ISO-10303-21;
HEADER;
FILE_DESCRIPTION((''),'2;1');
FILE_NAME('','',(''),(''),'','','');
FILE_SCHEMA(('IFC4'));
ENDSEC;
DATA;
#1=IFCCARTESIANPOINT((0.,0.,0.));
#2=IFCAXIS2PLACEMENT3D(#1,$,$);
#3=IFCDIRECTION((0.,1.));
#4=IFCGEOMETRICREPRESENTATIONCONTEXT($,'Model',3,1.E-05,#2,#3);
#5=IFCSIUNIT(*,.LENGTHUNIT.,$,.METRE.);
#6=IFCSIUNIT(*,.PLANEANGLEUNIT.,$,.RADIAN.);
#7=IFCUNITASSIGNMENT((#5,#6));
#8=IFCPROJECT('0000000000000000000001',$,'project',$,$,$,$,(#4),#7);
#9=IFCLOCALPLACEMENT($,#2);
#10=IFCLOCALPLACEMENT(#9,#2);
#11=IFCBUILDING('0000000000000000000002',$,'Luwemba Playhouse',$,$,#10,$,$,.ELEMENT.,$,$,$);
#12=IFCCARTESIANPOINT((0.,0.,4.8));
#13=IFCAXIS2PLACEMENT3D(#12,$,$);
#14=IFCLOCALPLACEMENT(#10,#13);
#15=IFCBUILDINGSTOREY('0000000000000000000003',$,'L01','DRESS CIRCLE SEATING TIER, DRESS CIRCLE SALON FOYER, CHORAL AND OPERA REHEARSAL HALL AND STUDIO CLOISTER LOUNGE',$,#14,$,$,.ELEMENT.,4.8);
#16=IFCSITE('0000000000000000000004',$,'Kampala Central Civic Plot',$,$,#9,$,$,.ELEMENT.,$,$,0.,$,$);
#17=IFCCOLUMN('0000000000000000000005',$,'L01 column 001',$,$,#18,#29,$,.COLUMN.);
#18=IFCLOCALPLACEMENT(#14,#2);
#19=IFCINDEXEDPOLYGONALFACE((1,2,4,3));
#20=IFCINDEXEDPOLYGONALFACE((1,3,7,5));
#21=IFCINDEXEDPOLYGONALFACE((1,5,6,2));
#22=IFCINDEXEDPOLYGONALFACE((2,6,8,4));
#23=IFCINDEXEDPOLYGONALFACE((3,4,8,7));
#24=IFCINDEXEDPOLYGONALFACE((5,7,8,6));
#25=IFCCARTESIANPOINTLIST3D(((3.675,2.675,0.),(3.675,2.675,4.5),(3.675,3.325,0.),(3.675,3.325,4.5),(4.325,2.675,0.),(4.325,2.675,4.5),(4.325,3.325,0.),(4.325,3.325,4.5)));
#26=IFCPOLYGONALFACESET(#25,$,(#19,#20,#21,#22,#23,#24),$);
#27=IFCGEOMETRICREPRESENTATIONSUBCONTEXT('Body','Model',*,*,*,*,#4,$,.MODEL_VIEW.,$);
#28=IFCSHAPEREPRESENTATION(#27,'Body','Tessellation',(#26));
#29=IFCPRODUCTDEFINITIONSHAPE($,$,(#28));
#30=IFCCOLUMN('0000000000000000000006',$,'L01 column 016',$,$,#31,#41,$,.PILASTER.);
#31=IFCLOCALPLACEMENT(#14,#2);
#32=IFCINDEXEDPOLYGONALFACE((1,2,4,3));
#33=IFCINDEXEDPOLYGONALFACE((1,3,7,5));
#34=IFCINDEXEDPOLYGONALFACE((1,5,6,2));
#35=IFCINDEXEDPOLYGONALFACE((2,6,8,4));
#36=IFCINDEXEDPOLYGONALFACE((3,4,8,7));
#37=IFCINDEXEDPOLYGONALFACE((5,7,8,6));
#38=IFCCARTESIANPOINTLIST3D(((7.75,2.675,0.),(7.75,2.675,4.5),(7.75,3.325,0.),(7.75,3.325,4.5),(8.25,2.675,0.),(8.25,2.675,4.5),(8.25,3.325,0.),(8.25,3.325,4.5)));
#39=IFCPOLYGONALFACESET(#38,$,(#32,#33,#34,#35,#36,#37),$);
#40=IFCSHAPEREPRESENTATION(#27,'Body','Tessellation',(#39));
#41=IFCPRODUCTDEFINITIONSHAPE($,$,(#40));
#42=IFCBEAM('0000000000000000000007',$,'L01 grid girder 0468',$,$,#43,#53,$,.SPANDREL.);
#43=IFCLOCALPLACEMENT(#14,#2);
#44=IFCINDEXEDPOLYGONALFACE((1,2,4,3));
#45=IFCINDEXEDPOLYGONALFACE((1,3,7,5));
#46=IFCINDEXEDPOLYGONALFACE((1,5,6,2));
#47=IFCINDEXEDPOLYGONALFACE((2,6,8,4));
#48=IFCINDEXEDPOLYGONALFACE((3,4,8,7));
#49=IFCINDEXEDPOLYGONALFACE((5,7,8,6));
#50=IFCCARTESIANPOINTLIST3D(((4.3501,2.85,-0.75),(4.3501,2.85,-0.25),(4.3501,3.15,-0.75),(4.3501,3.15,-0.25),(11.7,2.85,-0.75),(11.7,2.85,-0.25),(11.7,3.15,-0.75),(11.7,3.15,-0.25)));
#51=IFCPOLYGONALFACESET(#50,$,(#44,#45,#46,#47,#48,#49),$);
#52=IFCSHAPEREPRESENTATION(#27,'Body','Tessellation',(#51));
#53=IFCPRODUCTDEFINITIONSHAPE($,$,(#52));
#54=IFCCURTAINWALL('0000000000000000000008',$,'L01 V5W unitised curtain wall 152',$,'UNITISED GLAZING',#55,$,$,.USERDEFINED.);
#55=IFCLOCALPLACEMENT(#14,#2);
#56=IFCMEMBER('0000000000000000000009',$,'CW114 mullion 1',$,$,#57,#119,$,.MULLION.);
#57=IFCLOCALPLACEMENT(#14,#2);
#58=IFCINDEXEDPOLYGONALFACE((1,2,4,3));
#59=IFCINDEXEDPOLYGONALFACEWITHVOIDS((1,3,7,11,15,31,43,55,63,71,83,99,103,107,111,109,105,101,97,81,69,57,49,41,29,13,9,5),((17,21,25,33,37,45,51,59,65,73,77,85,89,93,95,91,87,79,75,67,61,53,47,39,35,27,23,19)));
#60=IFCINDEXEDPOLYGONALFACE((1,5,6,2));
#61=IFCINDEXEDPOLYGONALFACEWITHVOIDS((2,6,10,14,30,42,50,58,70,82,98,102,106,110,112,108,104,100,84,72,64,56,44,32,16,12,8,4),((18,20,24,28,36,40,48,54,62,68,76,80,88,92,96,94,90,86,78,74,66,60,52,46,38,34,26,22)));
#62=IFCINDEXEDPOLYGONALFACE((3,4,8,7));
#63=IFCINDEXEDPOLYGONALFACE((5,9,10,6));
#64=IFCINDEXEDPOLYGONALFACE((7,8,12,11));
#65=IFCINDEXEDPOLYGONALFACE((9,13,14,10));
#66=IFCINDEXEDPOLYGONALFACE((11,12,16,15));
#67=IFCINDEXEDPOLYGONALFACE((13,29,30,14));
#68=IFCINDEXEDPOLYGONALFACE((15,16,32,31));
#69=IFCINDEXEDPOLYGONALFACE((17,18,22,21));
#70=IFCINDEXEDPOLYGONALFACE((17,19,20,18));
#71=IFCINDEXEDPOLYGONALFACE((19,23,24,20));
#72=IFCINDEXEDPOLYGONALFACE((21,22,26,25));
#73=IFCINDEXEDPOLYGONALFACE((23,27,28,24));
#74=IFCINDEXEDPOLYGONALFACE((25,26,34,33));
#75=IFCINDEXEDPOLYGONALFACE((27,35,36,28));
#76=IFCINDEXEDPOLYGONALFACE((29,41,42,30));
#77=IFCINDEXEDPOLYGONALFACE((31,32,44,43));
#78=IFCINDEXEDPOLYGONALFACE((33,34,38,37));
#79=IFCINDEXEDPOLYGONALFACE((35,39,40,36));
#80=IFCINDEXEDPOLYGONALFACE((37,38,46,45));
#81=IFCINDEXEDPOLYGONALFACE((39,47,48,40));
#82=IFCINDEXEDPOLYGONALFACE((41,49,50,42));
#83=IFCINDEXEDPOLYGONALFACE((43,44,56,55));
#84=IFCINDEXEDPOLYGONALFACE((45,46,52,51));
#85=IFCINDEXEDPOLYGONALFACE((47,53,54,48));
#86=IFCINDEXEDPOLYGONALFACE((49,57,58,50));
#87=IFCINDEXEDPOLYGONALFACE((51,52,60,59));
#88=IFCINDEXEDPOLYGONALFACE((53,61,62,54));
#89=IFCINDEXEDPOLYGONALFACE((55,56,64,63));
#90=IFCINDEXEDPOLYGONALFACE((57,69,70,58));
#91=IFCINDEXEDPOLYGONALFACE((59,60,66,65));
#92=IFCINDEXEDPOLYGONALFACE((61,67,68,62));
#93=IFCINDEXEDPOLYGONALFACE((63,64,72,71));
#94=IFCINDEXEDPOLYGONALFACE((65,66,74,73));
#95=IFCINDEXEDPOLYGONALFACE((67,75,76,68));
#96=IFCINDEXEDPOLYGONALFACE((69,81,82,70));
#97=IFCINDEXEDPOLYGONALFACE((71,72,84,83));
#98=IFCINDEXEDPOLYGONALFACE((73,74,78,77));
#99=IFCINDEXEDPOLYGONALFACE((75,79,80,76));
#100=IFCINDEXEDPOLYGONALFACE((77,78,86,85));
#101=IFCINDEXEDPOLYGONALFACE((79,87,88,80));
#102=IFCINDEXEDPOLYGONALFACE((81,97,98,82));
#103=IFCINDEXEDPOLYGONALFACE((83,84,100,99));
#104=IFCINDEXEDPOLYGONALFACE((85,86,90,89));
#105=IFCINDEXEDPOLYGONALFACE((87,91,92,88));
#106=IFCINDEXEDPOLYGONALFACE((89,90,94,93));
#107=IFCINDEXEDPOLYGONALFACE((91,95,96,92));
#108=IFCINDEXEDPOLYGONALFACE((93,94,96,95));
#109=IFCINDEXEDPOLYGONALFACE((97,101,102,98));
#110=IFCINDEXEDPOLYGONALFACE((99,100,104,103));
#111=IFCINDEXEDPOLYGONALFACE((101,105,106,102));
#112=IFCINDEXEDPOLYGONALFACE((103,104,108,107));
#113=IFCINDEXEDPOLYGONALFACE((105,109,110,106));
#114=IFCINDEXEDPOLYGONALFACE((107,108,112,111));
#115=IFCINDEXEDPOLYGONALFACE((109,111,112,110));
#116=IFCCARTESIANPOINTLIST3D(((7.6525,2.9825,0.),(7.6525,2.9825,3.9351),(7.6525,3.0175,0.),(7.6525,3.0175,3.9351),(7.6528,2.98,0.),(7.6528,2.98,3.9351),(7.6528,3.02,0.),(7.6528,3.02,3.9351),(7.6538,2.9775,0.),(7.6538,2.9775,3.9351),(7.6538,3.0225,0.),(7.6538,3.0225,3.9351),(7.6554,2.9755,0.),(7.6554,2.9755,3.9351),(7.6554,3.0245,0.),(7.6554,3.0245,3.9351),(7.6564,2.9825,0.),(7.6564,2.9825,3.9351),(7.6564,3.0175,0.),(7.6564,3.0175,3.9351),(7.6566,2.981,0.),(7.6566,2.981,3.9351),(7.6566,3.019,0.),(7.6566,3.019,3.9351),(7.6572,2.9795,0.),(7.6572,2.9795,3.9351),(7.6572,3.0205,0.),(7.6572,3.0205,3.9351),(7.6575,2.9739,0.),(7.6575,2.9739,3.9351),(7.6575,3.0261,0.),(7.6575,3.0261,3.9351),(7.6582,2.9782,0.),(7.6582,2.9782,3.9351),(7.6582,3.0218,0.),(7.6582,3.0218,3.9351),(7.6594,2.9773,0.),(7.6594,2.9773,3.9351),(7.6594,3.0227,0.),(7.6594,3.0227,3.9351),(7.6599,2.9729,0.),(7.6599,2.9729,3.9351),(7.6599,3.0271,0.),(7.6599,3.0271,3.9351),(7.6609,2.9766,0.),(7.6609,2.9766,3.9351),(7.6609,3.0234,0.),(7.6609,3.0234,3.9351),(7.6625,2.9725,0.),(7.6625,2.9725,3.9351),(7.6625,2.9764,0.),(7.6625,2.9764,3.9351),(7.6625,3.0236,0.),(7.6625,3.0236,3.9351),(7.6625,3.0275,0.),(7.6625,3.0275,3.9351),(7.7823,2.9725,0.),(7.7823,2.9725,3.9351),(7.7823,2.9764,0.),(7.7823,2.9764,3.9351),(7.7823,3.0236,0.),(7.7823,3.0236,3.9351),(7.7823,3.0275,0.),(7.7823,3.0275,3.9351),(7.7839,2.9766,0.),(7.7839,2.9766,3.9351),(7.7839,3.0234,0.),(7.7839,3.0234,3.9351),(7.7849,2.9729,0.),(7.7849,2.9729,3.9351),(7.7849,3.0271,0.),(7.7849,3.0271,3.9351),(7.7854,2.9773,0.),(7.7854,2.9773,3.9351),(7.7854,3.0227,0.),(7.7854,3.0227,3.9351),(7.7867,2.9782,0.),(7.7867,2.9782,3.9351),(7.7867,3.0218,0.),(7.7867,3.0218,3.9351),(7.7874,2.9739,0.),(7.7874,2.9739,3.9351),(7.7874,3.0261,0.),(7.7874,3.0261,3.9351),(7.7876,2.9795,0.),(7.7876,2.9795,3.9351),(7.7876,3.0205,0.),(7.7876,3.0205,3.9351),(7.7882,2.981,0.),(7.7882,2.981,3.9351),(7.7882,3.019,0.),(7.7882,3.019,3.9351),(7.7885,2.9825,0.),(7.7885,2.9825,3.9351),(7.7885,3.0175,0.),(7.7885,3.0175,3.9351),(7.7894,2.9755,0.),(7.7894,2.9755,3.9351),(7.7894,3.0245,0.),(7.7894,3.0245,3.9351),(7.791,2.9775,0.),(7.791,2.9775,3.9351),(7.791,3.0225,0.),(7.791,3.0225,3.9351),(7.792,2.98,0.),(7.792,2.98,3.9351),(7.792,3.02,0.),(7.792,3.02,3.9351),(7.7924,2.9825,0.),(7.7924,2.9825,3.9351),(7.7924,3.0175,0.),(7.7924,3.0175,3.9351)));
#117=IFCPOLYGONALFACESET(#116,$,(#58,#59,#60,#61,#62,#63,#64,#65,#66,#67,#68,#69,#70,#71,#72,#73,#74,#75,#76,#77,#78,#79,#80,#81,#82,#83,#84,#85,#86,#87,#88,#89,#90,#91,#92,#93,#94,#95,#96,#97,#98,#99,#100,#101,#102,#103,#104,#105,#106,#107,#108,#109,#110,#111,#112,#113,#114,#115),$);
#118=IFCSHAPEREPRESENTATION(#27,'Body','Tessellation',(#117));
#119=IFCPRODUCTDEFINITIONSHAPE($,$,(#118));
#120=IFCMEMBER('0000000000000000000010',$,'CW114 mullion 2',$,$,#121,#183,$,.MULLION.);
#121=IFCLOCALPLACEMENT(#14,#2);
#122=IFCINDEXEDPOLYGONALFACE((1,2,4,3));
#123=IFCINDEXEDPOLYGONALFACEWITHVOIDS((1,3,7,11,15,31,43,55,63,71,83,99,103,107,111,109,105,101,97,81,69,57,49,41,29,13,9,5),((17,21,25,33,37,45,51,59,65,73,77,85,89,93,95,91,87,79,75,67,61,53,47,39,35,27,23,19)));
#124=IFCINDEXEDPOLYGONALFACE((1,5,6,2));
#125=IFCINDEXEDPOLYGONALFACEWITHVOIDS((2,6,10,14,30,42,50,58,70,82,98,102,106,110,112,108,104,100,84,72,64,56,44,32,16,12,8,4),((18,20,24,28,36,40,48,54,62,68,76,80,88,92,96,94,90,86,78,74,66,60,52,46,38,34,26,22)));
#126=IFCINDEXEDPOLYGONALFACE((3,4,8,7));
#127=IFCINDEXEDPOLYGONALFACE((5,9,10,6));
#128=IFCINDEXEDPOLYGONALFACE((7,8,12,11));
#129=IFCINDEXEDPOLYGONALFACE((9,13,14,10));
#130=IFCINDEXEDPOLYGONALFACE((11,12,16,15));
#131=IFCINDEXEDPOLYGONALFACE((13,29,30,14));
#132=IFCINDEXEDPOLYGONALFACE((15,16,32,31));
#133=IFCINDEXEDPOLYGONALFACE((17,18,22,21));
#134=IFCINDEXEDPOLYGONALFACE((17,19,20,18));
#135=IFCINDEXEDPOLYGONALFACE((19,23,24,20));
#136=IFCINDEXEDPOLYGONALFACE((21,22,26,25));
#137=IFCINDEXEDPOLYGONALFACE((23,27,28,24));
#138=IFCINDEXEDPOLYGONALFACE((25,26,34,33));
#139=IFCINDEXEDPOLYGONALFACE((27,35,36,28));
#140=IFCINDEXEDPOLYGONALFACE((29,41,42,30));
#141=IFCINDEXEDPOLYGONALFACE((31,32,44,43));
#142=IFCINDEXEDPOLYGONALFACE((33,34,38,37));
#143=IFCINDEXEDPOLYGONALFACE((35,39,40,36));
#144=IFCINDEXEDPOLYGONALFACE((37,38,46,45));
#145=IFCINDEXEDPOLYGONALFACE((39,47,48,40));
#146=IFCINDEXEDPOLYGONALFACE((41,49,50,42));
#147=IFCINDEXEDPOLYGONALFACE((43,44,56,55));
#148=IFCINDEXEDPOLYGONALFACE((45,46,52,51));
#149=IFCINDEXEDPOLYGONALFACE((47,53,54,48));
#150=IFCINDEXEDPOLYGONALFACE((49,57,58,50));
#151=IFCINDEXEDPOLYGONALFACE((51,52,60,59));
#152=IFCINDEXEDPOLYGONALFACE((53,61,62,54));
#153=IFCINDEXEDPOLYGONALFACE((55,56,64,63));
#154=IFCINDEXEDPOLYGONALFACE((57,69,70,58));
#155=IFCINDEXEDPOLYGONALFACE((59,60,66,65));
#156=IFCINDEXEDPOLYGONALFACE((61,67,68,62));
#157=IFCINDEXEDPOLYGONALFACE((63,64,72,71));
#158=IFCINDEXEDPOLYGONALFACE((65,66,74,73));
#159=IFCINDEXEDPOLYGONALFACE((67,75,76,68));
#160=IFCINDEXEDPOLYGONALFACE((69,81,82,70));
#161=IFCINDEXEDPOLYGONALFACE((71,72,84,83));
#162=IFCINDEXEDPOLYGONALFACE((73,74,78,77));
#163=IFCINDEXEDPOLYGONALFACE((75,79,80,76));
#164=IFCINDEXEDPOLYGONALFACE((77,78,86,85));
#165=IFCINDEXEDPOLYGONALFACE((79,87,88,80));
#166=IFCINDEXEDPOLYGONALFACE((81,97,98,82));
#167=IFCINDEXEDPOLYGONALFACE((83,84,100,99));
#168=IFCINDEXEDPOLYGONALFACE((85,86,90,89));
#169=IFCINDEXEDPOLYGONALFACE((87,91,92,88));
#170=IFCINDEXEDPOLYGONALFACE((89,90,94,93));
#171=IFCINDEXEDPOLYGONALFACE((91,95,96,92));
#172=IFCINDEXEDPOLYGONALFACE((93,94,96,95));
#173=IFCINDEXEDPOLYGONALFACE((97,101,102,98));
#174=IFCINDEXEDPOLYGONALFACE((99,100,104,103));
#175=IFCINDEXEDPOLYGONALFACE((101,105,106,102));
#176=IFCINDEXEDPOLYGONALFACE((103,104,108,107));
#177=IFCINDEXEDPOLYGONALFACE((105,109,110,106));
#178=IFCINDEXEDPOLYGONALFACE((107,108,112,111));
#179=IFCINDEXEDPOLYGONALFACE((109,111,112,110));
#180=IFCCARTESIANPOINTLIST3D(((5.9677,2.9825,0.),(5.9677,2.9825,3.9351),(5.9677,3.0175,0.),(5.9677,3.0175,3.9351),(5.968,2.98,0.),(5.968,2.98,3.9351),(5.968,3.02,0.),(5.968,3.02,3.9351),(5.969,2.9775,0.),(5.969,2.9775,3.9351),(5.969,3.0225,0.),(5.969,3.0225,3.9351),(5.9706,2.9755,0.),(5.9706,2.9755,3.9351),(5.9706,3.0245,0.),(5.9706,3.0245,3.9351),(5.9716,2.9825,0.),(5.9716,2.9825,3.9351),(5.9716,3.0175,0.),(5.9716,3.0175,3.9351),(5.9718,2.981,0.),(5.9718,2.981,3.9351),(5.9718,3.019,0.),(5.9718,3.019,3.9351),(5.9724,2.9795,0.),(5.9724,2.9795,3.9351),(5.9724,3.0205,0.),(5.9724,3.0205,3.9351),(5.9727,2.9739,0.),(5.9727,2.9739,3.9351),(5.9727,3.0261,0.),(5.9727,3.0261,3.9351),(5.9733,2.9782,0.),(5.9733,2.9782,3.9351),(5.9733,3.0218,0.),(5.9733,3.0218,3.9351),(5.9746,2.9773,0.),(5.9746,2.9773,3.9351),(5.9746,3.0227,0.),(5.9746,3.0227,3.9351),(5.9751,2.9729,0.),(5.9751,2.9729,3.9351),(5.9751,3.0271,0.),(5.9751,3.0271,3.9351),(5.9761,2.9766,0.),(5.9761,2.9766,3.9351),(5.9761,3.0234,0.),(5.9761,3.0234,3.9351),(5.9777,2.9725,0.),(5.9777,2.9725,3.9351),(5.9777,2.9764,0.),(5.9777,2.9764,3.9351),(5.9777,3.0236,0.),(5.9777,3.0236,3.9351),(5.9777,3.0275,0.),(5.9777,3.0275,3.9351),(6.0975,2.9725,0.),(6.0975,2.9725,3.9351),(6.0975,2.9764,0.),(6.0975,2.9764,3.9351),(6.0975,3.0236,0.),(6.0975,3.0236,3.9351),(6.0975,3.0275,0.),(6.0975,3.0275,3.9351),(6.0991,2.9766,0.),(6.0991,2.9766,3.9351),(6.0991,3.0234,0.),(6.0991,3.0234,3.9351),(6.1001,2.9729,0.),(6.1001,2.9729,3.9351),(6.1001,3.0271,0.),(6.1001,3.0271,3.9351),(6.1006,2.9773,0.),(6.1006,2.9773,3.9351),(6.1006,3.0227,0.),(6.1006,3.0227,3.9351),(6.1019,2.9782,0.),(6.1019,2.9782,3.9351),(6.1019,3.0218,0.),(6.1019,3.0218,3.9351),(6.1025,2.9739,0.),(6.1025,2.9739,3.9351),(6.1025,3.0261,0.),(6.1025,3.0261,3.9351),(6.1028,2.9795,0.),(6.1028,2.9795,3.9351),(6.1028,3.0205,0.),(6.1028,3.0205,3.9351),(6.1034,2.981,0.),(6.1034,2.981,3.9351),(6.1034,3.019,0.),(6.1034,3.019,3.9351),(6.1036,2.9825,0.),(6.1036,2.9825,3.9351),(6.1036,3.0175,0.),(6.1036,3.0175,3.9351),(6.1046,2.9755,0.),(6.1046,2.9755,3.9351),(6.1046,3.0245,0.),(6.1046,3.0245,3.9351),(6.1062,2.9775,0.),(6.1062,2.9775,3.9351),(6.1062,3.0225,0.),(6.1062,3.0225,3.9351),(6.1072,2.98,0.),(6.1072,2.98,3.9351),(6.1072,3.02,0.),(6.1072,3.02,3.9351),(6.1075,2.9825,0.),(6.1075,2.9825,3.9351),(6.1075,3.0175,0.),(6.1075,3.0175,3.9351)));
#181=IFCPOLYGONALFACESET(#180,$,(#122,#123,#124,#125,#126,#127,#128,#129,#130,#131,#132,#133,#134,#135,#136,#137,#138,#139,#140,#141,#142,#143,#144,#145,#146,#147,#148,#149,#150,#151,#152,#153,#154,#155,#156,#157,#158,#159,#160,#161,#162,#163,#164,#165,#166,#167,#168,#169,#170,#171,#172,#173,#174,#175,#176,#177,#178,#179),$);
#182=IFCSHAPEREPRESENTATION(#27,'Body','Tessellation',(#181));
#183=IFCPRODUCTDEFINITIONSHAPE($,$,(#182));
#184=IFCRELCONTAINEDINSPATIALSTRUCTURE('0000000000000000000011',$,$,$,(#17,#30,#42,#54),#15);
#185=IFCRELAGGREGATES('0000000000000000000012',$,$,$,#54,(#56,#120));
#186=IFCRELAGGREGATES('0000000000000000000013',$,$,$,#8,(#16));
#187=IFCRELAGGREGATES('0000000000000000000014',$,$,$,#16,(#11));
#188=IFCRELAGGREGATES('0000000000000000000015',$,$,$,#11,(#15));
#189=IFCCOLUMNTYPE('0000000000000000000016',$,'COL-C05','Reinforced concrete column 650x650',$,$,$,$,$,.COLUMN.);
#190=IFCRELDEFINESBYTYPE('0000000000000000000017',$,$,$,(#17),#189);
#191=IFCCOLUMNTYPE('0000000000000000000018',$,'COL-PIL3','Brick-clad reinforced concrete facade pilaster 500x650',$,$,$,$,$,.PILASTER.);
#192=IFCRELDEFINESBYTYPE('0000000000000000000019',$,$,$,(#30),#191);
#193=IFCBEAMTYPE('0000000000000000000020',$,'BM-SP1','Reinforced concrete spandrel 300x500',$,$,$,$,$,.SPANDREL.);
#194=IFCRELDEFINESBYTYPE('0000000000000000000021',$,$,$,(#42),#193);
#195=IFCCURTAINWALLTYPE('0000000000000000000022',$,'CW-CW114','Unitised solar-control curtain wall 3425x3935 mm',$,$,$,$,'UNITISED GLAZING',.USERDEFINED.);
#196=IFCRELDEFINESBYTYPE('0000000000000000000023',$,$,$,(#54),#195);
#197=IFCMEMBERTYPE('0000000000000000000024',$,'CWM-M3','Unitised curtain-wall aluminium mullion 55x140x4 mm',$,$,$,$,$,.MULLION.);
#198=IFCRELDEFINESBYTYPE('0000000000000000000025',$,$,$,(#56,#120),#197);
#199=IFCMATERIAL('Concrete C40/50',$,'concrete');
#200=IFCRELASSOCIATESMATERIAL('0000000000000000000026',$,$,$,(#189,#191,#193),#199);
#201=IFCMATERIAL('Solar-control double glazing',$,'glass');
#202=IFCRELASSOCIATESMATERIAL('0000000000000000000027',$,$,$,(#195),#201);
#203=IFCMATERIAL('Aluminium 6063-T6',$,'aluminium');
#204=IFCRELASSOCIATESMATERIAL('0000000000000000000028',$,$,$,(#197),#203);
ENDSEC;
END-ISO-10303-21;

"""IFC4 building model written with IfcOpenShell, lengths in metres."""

from ifc_helpers import new_model, si_unit, direction, frame, origin, origin_2d, place, context, subcontext, project, spatial, rectangle, hollow_rectangle, extrude, material, material_profile, profile_set, type_object, element, aggregate, save


model = new_model("IFC4")

# Units and contexts
model_context = context("Model", 3, precision=1e-05, world=origin(), true_north=direction((0.0, 1.0)))
body_context = subcontext(model_context, "Body", "Model", "MODEL_VIEW")
ifc_project = project(units=[si_unit("LENGTHUNIT", "METRE"), si_unit("PLANEANGLEUNIT", "RADIAN")], contexts=[model_context])

# Site, building, storey
site_placement = place(None, origin())
site = spatial("IfcSite", under=ifc_project, at=site_placement, Name="Kampala Central Civic Plot", CompositionType="ELEMENT", RefElevation=0.0)
building_placement = place(site_placement, origin())
building = spatial("IfcBuilding", under=site, at=building_placement, Name="Luwemba Playhouse", CompositionType="ELEMENT")
storey_placement = place(building_placement, frame((0.0, 0.0, 4.8)))
storey = spatial("IfcBuildingStorey", under=building, at=storey_placement, Name="L01", Description="DRESS CIRCLE SEATING TIER, DRESS CIRCLE SALON FOYER, CHORAL AND OPERA REHEARSAL HALL AND STUDIO CLOISTER LOUNGE", CompositionType="ELEMENT", Elevation=4.8)

# Columns
ifc_material_1 = material(Name="Concrete C40/50", Category="concrete")
ifc_material_profile_1 = material_profile(ifc_material_1, rectangle(XDim=0.6499, YDim=0.6499, at=origin_2d()))
ifc_profile_set_1 = profile_set([ifc_material_profile_1], Name="Concrete C40/50")
column_type_1 = type_object("IfcColumnType", Name="COL-C05", Description="Reinforced concrete column 650x650", PredefinedType="COLUMN", material=ifc_profile_set_1)
column_1_placement = place(storey_placement, frame((4.0, 3.0, 0.0), z_axis=(0.0, 0.0, 1.0), x_axis=(1.0, 0.0, 0.0)))
element("IfcColumn", 1, at=column_1_placement, inside=storey, type_object=column_type_1, Name="L01 column 001", PredefinedType="COLUMN", context=body_context, shape_type="SweptSolid", body=[
    extrude(rectangle(XDim=0.6499, YDim=0.6499, at=origin_2d()), origin(), (0.0, 0.0, 1.0), 4.5),
])
ifc_material_profile_2 = material_profile(ifc_material_1, rectangle(XDim=0.5, YDim=0.6499, at=origin_2d()))
ifc_profile_set_2 = profile_set([ifc_material_profile_2], Name="Concrete C40/50")
column_type_2 = type_object("IfcColumnType", Name="COL-PIL3", Description="Brick-clad reinforced concrete facade pilaster 500x650", PredefinedType="PILASTER", material=ifc_profile_set_2)
column_2_placement = place(storey_placement, frame((8.0, 3.0, 0.0), z_axis=(0.0, 0.0, 1.0), x_axis=(1.0, 0.0, 0.0)))
element("IfcColumn", 2, at=column_2_placement, inside=storey, type_object=column_type_2, Name="L01 column 016", PredefinedType="PILASTER", context=body_context, shape_type="SweptSolid", body=[
    extrude(rectangle(XDim=0.5, YDim=0.6499, at=origin_2d()), origin(), (0.0, 0.0, 1.0), 4.5),
])

# Beam
ifc_material_profile_3 = material_profile(ifc_material_1, rectangle(XDim=0.3, YDim=0.5, at=origin_2d()))
ifc_profile_set_3 = profile_set([ifc_material_profile_3], Name="Concrete C40/50")
beam_type = type_object("IfcBeamType", Name="BM-SP1", Description="Reinforced concrete spandrel 300x500", PredefinedType="SPANDREL", material=ifc_profile_set_3)
beam_placement = place(storey_placement, frame((4.3501, 3.0, -0.5), z_axis=(1.0, 0.0, 0.0), x_axis=(0.0, 1.0, 0.0)))
element("IfcBeam", 3, at=beam_placement, inside=storey, type_object=beam_type, Name="L01 grid girder 0468", PredefinedType="SPANDREL", context=body_context, shape_type="SweptSolid", body=[
    extrude(rectangle(XDim=0.3, YDim=0.5, at=origin_2d()), origin(), (0.0, 0.0, 1.0), 7.3499),
])

# Curtain wall, members
ifc_material_2 = material(Name="Solar-control double glazing", Category="glass")
curtain_wall_type = type_object("IfcCurtainWallType", Name="CW-CW114", Description="Unitised solar-control curtain wall 3425x3935 mm", ElementType="UNITISED GLAZING", PredefinedType="USERDEFINED", material=ifc_material_2)
curtain_wall_placement = place(storey_placement, origin())
curtain_wall = element("IfcCurtainWall", 4, at=curtain_wall_placement, inside=storey, type_object=curtain_wall_type, Name="L01 V5W unitised curtain wall 152", ObjectType="UNITISED GLAZING", PredefinedType="USERDEFINED")
ifc_material_3 = material(Name="Aluminium 6063-T6", Category="aluminium")
ifc_material_profile_4 = material_profile(ifc_material_3, hollow_rectangle(XDim=0.0549, YDim=0.1399, WallThickness=0.0039, InnerFilletRadius=0.0061, OuterFilletRadius=0.01, at=origin_2d()))
ifc_profile_set_4 = profile_set([ifc_material_profile_4], Name="Aluminium 6063-T6")
member_type_1 = type_object("IfcMemberType", Name="CWM-M3", Description="Unitised curtain-wall aluminium mullion 55x140x4 mm", PredefinedType="MULLION", material=ifc_profile_set_4)
member_1_placement = place(storey_placement, frame((7.7224, 3.0, 0.0), z_axis=(0.0, 0.0, 1.0), x_axis=(0.0, -1.0, 0.0)))
member_1 = element("IfcMember", 5, at=member_1_placement, type_object=member_type_1, Name="CW114 mullion 1", PredefinedType="MULLION", context=body_context, shape_type="SweptSolid", body=[
    extrude(hollow_rectangle(XDim=0.0549, YDim=0.1399, WallThickness=0.0039, InnerFilletRadius=0.0061, OuterFilletRadius=0.01, at=origin_2d()), origin(), (0.0, 0.0, 1.0), 3.9351),
])
member_2_placement = place(storey_placement, frame((6.0376, 3.0, 0.0), z_axis=(0.0, 0.0, 1.0), x_axis=(0.0, -1.0, 0.0)))
member_2 = element("IfcMember", 6, at=member_2_placement, type_object=member_type_1, Name="CW114 mullion 2", PredefinedType="MULLION", context=body_context, shape_type="SweptSolid", body=[
    extrude(hollow_rectangle(XDim=0.0549, YDim=0.1399, WallThickness=0.0039, InnerFilletRadius=0.0061, OuterFilletRadius=0.01, at=origin_2d()), origin(), (0.0, 0.0, 1.0), 3.9351),
])
aggregate(curtain_wall, [member_1, member_2])

save(model, "model.ifc")
